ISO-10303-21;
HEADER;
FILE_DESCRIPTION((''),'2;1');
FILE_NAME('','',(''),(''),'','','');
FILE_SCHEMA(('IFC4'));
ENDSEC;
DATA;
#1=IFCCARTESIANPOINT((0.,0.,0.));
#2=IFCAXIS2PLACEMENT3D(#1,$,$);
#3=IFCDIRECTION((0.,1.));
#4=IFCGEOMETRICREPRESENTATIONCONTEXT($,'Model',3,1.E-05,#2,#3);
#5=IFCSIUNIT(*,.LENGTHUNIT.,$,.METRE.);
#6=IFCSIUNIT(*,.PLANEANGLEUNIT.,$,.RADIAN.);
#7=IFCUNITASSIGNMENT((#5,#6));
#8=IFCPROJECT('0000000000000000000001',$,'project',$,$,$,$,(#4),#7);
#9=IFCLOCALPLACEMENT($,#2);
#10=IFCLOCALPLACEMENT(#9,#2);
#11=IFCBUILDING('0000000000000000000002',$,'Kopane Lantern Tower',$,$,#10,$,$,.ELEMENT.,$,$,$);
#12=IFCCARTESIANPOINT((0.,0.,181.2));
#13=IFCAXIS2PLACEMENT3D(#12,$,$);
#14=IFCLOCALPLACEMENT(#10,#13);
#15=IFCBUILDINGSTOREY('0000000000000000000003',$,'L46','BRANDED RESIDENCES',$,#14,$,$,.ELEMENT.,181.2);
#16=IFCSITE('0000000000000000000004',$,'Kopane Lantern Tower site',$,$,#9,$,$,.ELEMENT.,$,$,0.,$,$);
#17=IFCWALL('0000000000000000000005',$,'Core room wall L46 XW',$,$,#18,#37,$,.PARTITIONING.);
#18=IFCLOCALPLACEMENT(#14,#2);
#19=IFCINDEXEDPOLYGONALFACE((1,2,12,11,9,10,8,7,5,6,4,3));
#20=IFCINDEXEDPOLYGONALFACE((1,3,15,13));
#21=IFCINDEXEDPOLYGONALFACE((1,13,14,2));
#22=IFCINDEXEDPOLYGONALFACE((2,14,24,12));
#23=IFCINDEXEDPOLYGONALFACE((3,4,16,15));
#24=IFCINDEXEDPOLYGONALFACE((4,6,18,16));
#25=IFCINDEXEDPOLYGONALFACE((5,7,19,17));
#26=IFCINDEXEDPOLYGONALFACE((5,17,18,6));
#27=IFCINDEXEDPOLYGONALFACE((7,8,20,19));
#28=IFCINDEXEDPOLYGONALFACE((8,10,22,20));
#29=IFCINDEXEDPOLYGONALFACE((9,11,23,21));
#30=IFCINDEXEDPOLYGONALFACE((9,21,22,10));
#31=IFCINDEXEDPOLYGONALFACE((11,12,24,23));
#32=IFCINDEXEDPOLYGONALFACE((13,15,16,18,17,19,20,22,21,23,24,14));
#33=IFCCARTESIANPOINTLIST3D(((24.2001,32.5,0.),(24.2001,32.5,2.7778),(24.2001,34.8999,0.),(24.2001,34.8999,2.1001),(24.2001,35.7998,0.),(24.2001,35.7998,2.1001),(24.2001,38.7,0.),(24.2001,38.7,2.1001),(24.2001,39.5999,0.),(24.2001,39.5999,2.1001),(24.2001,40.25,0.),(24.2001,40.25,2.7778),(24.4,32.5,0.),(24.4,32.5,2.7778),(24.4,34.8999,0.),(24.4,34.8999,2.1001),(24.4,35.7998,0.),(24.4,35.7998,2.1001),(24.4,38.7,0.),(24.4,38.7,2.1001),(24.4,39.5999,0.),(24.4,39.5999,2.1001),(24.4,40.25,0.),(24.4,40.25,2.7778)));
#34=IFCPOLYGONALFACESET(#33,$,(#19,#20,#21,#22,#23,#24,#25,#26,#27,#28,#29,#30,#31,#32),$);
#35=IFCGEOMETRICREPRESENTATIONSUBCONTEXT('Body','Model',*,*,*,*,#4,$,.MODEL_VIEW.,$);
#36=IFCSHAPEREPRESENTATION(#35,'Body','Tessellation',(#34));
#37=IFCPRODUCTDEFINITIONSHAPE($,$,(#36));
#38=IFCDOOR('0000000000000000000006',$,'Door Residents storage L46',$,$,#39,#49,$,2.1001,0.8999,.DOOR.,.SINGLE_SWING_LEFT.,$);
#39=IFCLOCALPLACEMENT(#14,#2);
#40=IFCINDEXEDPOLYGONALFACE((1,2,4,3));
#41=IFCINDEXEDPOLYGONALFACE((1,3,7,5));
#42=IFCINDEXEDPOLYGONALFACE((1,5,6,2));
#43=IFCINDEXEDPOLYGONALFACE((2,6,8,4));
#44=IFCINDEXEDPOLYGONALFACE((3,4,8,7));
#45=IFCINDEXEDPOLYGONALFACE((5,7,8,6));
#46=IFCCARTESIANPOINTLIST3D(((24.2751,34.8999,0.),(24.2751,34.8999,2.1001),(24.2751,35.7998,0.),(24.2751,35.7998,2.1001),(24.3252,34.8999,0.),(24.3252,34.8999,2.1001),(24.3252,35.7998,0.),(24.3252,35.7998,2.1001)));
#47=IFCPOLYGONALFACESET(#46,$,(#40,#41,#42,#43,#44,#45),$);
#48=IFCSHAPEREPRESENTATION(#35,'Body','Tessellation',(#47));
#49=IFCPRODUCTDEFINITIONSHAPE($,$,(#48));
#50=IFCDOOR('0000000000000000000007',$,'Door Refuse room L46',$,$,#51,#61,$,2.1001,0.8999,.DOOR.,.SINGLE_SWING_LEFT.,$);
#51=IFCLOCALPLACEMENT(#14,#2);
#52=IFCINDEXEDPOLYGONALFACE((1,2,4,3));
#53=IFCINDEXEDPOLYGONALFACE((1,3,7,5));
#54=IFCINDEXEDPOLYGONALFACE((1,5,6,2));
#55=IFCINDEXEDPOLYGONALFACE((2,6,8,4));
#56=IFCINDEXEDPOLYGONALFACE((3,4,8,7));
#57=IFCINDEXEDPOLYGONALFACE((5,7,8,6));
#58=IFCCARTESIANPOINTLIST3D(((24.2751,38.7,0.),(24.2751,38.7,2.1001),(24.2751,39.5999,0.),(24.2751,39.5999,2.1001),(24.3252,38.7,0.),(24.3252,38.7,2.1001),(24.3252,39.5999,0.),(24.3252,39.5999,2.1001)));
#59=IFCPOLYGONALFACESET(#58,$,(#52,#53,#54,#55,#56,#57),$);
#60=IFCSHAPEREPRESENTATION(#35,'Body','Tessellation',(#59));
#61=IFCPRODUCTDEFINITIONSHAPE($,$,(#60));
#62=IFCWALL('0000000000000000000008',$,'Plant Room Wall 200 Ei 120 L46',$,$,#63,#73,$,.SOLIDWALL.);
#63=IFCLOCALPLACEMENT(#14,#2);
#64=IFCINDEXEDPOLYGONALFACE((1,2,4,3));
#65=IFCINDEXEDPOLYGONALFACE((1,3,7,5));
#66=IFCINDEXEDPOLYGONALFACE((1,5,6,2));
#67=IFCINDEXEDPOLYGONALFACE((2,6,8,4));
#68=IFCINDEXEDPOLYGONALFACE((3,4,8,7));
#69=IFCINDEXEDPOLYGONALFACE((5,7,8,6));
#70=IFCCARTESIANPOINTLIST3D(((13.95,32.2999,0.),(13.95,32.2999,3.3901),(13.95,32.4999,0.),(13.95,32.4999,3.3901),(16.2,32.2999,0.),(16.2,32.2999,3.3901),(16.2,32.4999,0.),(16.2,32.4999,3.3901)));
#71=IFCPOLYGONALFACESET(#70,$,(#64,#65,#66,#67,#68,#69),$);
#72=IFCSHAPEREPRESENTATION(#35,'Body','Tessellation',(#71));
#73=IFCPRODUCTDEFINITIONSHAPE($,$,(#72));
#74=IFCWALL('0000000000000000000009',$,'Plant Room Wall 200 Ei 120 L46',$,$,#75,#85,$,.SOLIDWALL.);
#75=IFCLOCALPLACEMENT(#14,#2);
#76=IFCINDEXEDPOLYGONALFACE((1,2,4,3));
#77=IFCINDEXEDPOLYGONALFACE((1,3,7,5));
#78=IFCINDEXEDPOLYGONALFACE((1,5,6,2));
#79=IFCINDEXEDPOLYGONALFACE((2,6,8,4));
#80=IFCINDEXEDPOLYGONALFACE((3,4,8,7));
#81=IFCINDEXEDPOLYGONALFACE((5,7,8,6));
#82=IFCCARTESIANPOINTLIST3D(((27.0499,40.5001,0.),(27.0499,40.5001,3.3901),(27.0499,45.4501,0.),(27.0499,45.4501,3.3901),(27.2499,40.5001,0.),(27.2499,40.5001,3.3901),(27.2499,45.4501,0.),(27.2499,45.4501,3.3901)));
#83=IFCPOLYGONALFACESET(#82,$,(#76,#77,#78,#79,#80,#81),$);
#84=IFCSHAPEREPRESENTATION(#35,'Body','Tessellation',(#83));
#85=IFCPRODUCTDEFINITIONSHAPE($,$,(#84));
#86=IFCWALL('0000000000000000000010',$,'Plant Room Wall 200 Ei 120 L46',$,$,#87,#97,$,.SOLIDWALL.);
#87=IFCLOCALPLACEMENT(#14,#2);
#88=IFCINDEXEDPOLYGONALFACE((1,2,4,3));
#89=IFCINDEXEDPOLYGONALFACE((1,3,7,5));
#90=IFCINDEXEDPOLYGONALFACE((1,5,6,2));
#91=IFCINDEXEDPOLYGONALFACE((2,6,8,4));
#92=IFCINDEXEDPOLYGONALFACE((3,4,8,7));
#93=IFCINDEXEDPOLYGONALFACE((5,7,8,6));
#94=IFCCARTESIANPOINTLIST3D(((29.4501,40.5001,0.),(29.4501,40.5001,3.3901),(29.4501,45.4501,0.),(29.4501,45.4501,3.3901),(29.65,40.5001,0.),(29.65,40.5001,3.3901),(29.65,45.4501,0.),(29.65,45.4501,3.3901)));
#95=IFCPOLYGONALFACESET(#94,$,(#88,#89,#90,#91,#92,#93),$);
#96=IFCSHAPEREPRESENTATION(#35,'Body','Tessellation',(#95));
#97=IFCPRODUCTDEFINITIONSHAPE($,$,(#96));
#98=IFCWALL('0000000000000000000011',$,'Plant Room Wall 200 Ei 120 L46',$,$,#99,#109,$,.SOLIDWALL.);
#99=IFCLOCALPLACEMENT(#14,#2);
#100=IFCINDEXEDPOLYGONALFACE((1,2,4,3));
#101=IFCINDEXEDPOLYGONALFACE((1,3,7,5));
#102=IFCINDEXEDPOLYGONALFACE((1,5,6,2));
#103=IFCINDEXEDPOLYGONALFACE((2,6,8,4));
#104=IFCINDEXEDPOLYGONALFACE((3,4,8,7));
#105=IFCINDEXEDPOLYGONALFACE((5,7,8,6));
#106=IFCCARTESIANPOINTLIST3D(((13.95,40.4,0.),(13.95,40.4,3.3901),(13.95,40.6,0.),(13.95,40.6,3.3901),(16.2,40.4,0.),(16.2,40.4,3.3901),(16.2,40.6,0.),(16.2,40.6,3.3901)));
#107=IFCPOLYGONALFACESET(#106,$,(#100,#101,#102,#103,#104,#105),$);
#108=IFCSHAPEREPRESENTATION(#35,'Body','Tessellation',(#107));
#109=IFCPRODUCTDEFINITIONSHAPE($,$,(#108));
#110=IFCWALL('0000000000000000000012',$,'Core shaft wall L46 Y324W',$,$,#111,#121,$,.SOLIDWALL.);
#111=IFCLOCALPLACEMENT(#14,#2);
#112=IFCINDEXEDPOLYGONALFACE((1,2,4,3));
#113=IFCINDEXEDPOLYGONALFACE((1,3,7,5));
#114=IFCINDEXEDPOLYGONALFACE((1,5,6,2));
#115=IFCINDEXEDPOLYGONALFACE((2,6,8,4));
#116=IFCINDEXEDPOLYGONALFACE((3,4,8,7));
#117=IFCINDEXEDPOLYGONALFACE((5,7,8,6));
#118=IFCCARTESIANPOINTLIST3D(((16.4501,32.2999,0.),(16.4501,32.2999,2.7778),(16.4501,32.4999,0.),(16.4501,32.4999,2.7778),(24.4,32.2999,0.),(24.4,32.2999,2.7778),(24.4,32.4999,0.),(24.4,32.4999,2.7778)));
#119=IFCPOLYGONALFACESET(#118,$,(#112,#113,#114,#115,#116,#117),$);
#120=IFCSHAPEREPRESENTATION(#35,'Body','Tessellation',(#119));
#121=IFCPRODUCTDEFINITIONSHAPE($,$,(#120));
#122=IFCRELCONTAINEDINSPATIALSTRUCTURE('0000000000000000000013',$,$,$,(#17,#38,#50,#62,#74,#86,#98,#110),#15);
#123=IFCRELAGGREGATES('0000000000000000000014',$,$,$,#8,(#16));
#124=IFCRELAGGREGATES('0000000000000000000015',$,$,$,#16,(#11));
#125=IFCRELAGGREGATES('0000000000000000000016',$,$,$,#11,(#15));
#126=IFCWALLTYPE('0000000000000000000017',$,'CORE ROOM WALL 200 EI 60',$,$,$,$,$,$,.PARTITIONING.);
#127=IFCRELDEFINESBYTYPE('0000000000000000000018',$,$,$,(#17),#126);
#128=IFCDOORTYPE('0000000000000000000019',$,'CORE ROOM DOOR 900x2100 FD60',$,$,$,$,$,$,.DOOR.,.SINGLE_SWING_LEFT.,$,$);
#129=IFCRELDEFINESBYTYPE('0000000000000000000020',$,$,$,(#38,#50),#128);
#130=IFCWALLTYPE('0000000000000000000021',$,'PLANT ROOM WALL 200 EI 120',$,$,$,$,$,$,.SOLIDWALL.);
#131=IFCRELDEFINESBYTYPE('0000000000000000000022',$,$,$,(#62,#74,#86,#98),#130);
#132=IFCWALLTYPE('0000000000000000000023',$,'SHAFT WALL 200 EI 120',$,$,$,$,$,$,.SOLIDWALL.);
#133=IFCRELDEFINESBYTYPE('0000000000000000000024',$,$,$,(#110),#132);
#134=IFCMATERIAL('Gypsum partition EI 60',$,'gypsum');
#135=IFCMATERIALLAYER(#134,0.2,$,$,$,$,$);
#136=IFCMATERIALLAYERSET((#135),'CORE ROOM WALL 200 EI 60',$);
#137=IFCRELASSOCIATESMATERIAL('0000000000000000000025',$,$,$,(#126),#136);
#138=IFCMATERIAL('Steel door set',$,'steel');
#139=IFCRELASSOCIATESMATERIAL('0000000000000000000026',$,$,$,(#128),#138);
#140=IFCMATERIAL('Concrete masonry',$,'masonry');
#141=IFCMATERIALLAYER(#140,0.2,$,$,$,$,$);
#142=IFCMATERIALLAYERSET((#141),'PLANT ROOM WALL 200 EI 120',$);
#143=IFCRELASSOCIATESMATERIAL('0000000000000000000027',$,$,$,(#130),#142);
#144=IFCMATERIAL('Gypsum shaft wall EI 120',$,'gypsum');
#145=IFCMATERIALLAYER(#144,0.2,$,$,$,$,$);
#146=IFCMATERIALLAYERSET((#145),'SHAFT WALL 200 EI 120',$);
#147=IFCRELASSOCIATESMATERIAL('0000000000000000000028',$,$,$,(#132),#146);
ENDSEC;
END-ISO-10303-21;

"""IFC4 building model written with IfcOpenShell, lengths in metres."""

from ifc_helpers import new_model, si_unit, direction, frame, frame_2d, origin, place, context, subcontext, project, spatial, rectangle, extrude, material, layer, layer_set, type_object, element, fill, save


model = new_model("IFC4")

# Units and contexts
model_context = context("Model", 3, precision=1e-05, world=origin(), true_north=direction((0.0, 1.0)))
body_context = subcontext(model_context, "Body", "Model", "MODEL_VIEW")
ifc_project = project(units=[si_unit("LENGTHUNIT", "METRE"), si_unit("PLANEANGLEUNIT", "RADIAN")], contexts=[model_context])

# Site, building, storey
site_placement = place(None, origin())
site = spatial("IfcSite", under=ifc_project, at=site_placement, Name="Kopane Lantern Tower site", CompositionType="ELEMENT", RefElevation=0.0)
building_placement = place(site_placement, origin())
building = spatial("IfcBuilding", under=site, at=building_placement, Name="Kopane Lantern Tower", CompositionType="ELEMENT")
storey_placement = place(building_placement, frame((0.0, 0.0, 181.2)))
storey = spatial("IfcBuildingStorey", under=building, at=storey_placement, Name="L46", Description="BRANDED RESIDENCES", CompositionType="ELEMENT", Elevation=181.2)

# Wall, openings, doors
ifc_material_1 = material(Name="Gypsum partition EI 60", Category="gypsum")
ifc_layer_1 = layer(ifc_material_1, 0.2)
ifc_layer_set_1 = layer_set([ifc_layer_1], Name="CORE ROOM WALL 200 EI 60")
wall_type_1 = type_object("IfcWallType", Name="CORE ROOM WALL 200 EI 60", PredefinedType="PARTITIONING", material=ifc_layer_set_1)
wall_1_placement = place(storey_placement, frame((24.3, 32.5, 0.0), z_axis=(0.0, 0.0, 1.0), x_axis=(0.0, 1.0, 0.0)))
wall_1 = element("IfcWall", 1, at=wall_1_placement, inside=storey, type_object=wall_type_1, Name="Core room wall L46 XW", PredefinedType="PARTITIONING", context=body_context, shape_type="SweptSolid", body=[
    extrude(rectangle(XDim=7.75, YDim=0.2, at=frame_2d((3.875, 0.0))), origin(), (0.0, 0.0, 1.0), 2.7778),
])
opening_1_placement = place(wall_1_placement, frame((2.3999, 0.0, 0.0)))
opening_1 = element("IfcOpeningElement", 2, at=opening_1_placement, cuts=wall_1, PredefinedType="OPENING", context=body_context, shape_type="SweptSolid", body=[
    extrude(rectangle(XDim=0.8999, YDim=2.1001, at=frame_2d((0.45, 1.05))), frame((0.0, 0.1099, 0.0), z_axis=(0.0, -1.0, 0.0), x_axis=(1.0, 0.0, 0.0)), (0.0, 0.0, 1.0), 0.22),
])
opening_2_placement = place(wall_1_placement, frame((6.2, 0.0, 0.0)))
opening_2 = element("IfcOpeningElement", 3, at=opening_2_placement, cuts=wall_1, PredefinedType="OPENING", context=body_context, shape_type="SweptSolid", body=[
    extrude(rectangle(XDim=0.8999, YDim=2.1001, at=frame_2d((0.45, 1.05))), frame((0.0, 0.1099, 0.0), z_axis=(0.0, -1.0, 0.0), x_axis=(1.0, 0.0, 0.0)), (0.0, 0.0, 1.0), 0.22),
])
ifc_material_2 = material(Name="Steel door set", Category="steel")
door_type_1 = type_object("IfcDoorType", Name="CORE ROOM DOOR 900x2100 FD60", OperationType="SINGLE_SWING_LEFT", PredefinedType="DOOR", material=ifc_material_2)
door_1_placement = place(opening_1_placement, origin())
door_1 = element("IfcDoor", 4, at=door_1_placement, inside=storey, type_object=door_type_1, Name="Door Residents storage L46", OperationType="SINGLE_SWING_LEFT", OverallHeight=2.1001, OverallWidth=0.8999, PredefinedType="DOOR", context=body_context, shape_type="SweptSolid", body=[
    extrude(rectangle(XDim=0.8999, YDim=2.1001, at=frame_2d((0.45, 1.05))), frame((0.0, 0.0249, 0.0), z_axis=(0.0, -1.0, 0.0), x_axis=(1.0, 0.0, 0.0)), (0.0, 0.0, 1.0), 0.05),
])
fill(opening_1, door_1)
door_2_placement = place(opening_2_placement, origin())
door_2 = element("IfcDoor", 5, at=door_2_placement, inside=storey, type_object=door_type_1, Name="Door Refuse room L46", OperationType="SINGLE_SWING_LEFT", OverallHeight=2.1001, OverallWidth=0.8999, PredefinedType="DOOR", context=body_context, shape_type="SweptSolid", body=[
    extrude(rectangle(XDim=0.8999, YDim=2.1001, at=frame_2d((0.45, 1.05))), frame((0.0, 0.0249, 0.0), z_axis=(0.0, -1.0, 0.0), x_axis=(1.0, 0.0, 0.0)), (0.0, 0.0, 1.0), 0.05),
])
fill(opening_2, door_2)

# Walls
ifc_material_3 = material(Name="Concrete masonry", Category="masonry")
ifc_layer_2 = layer(ifc_material_3, 0.2)
ifc_layer_set_2 = layer_set([ifc_layer_2], Name="PLANT ROOM WALL 200 EI 120")
wall_type_2 = type_object("IfcWallType", Name="PLANT ROOM WALL 200 EI 120", PredefinedType="SOLIDWALL", material=ifc_layer_set_2)
wall_2_placement = place(storey_placement, frame((13.95, 32.3999, 0.0), z_axis=(0.0, 0.0, 1.0), x_axis=(1.0, 0.0, 0.0)))
element("IfcWall", 6, at=wall_2_placement, inside=storey, type_object=wall_type_2, Name="Plant Room Wall 200 Ei 120 L46", PredefinedType="SOLIDWALL", context=body_context, shape_type="SweptSolid", body=[
    extrude(rectangle(XDim=2.25, YDim=0.2, at=frame_2d((1.125, 0.0))), origin(), (0.0, 0.0, 1.0), 3.3901),
])
for number, where, z_axis, x_axis, name in (
    (7, (27.1499, 40.5, 0.0), (0.0, 0.0, 1.0), (0.0, 1.0, 0.0), "Plant Room Wall 200 Ei 120 L46"),
    (8, (29.55, 40.5, 0.0), (0.0, 0.0, 1.0), (0.0, 1.0, 0.0), "Plant Room Wall 200 Ei 120 L46"),
):
    element("IfcWall", number, at=place(storey_placement, frame(where, z_axis=z_axis, x_axis=x_axis)), inside=storey, type_object=wall_type_2, Name=name, PredefinedType="SOLIDWALL", context=body_context, shape_type="SweptSolid", body=[
        extrude(rectangle(XDim=4.95, YDim=0.2, at=frame_2d((2.4751, 0.0))), origin(), (0.0, 0.0, 1.0), 3.3901),
    ])
wall_3_placement = place(storey_placement, frame((13.95, 40.5, 0.0), z_axis=(0.0, 0.0, 1.0), x_axis=(1.0, 0.0, 0.0)))
element("IfcWall", 9, at=wall_3_placement, inside=storey, type_object=wall_type_2, Name="Plant Room Wall 200 Ei 120 L46", PredefinedType="SOLIDWALL", context=body_context, shape_type="SweptSolid", body=[
    extrude(rectangle(XDim=2.25, YDim=0.2, at=frame_2d((1.125, 0.0))), origin(), (0.0, 0.0, 1.0), 3.3901),
])
ifc_material_4 = material(Name="Gypsum shaft wall EI 120", Category="gypsum")
ifc_layer_3 = layer(ifc_material_4, 0.2)
ifc_layer_set_3 = layer_set([ifc_layer_3], Name="SHAFT WALL 200 EI 120")
wall_type_3 = type_object("IfcWallType", Name="SHAFT WALL 200 EI 120", PredefinedType="SOLIDWALL", material=ifc_layer_set_3)
wall_4_placement = place(storey_placement, frame((16.45, 32.3999, 0.0), z_axis=(0.0, 0.0, 1.0), x_axis=(1.0, 0.0, 0.0)))
element("IfcWall", 10, at=wall_4_placement, inside=storey, type_object=wall_type_3, Name="Core shaft wall L46 Y324W", PredefinedType="SOLIDWALL", context=body_context, shape_type="SweptSolid", body=[
    extrude(rectangle(XDim=7.95, YDim=0.2, at=frame_2d((3.9751, 0.0))), origin(), (0.0, 0.0, 1.0), 2.7778),
])

save(model, "model.ifc")
